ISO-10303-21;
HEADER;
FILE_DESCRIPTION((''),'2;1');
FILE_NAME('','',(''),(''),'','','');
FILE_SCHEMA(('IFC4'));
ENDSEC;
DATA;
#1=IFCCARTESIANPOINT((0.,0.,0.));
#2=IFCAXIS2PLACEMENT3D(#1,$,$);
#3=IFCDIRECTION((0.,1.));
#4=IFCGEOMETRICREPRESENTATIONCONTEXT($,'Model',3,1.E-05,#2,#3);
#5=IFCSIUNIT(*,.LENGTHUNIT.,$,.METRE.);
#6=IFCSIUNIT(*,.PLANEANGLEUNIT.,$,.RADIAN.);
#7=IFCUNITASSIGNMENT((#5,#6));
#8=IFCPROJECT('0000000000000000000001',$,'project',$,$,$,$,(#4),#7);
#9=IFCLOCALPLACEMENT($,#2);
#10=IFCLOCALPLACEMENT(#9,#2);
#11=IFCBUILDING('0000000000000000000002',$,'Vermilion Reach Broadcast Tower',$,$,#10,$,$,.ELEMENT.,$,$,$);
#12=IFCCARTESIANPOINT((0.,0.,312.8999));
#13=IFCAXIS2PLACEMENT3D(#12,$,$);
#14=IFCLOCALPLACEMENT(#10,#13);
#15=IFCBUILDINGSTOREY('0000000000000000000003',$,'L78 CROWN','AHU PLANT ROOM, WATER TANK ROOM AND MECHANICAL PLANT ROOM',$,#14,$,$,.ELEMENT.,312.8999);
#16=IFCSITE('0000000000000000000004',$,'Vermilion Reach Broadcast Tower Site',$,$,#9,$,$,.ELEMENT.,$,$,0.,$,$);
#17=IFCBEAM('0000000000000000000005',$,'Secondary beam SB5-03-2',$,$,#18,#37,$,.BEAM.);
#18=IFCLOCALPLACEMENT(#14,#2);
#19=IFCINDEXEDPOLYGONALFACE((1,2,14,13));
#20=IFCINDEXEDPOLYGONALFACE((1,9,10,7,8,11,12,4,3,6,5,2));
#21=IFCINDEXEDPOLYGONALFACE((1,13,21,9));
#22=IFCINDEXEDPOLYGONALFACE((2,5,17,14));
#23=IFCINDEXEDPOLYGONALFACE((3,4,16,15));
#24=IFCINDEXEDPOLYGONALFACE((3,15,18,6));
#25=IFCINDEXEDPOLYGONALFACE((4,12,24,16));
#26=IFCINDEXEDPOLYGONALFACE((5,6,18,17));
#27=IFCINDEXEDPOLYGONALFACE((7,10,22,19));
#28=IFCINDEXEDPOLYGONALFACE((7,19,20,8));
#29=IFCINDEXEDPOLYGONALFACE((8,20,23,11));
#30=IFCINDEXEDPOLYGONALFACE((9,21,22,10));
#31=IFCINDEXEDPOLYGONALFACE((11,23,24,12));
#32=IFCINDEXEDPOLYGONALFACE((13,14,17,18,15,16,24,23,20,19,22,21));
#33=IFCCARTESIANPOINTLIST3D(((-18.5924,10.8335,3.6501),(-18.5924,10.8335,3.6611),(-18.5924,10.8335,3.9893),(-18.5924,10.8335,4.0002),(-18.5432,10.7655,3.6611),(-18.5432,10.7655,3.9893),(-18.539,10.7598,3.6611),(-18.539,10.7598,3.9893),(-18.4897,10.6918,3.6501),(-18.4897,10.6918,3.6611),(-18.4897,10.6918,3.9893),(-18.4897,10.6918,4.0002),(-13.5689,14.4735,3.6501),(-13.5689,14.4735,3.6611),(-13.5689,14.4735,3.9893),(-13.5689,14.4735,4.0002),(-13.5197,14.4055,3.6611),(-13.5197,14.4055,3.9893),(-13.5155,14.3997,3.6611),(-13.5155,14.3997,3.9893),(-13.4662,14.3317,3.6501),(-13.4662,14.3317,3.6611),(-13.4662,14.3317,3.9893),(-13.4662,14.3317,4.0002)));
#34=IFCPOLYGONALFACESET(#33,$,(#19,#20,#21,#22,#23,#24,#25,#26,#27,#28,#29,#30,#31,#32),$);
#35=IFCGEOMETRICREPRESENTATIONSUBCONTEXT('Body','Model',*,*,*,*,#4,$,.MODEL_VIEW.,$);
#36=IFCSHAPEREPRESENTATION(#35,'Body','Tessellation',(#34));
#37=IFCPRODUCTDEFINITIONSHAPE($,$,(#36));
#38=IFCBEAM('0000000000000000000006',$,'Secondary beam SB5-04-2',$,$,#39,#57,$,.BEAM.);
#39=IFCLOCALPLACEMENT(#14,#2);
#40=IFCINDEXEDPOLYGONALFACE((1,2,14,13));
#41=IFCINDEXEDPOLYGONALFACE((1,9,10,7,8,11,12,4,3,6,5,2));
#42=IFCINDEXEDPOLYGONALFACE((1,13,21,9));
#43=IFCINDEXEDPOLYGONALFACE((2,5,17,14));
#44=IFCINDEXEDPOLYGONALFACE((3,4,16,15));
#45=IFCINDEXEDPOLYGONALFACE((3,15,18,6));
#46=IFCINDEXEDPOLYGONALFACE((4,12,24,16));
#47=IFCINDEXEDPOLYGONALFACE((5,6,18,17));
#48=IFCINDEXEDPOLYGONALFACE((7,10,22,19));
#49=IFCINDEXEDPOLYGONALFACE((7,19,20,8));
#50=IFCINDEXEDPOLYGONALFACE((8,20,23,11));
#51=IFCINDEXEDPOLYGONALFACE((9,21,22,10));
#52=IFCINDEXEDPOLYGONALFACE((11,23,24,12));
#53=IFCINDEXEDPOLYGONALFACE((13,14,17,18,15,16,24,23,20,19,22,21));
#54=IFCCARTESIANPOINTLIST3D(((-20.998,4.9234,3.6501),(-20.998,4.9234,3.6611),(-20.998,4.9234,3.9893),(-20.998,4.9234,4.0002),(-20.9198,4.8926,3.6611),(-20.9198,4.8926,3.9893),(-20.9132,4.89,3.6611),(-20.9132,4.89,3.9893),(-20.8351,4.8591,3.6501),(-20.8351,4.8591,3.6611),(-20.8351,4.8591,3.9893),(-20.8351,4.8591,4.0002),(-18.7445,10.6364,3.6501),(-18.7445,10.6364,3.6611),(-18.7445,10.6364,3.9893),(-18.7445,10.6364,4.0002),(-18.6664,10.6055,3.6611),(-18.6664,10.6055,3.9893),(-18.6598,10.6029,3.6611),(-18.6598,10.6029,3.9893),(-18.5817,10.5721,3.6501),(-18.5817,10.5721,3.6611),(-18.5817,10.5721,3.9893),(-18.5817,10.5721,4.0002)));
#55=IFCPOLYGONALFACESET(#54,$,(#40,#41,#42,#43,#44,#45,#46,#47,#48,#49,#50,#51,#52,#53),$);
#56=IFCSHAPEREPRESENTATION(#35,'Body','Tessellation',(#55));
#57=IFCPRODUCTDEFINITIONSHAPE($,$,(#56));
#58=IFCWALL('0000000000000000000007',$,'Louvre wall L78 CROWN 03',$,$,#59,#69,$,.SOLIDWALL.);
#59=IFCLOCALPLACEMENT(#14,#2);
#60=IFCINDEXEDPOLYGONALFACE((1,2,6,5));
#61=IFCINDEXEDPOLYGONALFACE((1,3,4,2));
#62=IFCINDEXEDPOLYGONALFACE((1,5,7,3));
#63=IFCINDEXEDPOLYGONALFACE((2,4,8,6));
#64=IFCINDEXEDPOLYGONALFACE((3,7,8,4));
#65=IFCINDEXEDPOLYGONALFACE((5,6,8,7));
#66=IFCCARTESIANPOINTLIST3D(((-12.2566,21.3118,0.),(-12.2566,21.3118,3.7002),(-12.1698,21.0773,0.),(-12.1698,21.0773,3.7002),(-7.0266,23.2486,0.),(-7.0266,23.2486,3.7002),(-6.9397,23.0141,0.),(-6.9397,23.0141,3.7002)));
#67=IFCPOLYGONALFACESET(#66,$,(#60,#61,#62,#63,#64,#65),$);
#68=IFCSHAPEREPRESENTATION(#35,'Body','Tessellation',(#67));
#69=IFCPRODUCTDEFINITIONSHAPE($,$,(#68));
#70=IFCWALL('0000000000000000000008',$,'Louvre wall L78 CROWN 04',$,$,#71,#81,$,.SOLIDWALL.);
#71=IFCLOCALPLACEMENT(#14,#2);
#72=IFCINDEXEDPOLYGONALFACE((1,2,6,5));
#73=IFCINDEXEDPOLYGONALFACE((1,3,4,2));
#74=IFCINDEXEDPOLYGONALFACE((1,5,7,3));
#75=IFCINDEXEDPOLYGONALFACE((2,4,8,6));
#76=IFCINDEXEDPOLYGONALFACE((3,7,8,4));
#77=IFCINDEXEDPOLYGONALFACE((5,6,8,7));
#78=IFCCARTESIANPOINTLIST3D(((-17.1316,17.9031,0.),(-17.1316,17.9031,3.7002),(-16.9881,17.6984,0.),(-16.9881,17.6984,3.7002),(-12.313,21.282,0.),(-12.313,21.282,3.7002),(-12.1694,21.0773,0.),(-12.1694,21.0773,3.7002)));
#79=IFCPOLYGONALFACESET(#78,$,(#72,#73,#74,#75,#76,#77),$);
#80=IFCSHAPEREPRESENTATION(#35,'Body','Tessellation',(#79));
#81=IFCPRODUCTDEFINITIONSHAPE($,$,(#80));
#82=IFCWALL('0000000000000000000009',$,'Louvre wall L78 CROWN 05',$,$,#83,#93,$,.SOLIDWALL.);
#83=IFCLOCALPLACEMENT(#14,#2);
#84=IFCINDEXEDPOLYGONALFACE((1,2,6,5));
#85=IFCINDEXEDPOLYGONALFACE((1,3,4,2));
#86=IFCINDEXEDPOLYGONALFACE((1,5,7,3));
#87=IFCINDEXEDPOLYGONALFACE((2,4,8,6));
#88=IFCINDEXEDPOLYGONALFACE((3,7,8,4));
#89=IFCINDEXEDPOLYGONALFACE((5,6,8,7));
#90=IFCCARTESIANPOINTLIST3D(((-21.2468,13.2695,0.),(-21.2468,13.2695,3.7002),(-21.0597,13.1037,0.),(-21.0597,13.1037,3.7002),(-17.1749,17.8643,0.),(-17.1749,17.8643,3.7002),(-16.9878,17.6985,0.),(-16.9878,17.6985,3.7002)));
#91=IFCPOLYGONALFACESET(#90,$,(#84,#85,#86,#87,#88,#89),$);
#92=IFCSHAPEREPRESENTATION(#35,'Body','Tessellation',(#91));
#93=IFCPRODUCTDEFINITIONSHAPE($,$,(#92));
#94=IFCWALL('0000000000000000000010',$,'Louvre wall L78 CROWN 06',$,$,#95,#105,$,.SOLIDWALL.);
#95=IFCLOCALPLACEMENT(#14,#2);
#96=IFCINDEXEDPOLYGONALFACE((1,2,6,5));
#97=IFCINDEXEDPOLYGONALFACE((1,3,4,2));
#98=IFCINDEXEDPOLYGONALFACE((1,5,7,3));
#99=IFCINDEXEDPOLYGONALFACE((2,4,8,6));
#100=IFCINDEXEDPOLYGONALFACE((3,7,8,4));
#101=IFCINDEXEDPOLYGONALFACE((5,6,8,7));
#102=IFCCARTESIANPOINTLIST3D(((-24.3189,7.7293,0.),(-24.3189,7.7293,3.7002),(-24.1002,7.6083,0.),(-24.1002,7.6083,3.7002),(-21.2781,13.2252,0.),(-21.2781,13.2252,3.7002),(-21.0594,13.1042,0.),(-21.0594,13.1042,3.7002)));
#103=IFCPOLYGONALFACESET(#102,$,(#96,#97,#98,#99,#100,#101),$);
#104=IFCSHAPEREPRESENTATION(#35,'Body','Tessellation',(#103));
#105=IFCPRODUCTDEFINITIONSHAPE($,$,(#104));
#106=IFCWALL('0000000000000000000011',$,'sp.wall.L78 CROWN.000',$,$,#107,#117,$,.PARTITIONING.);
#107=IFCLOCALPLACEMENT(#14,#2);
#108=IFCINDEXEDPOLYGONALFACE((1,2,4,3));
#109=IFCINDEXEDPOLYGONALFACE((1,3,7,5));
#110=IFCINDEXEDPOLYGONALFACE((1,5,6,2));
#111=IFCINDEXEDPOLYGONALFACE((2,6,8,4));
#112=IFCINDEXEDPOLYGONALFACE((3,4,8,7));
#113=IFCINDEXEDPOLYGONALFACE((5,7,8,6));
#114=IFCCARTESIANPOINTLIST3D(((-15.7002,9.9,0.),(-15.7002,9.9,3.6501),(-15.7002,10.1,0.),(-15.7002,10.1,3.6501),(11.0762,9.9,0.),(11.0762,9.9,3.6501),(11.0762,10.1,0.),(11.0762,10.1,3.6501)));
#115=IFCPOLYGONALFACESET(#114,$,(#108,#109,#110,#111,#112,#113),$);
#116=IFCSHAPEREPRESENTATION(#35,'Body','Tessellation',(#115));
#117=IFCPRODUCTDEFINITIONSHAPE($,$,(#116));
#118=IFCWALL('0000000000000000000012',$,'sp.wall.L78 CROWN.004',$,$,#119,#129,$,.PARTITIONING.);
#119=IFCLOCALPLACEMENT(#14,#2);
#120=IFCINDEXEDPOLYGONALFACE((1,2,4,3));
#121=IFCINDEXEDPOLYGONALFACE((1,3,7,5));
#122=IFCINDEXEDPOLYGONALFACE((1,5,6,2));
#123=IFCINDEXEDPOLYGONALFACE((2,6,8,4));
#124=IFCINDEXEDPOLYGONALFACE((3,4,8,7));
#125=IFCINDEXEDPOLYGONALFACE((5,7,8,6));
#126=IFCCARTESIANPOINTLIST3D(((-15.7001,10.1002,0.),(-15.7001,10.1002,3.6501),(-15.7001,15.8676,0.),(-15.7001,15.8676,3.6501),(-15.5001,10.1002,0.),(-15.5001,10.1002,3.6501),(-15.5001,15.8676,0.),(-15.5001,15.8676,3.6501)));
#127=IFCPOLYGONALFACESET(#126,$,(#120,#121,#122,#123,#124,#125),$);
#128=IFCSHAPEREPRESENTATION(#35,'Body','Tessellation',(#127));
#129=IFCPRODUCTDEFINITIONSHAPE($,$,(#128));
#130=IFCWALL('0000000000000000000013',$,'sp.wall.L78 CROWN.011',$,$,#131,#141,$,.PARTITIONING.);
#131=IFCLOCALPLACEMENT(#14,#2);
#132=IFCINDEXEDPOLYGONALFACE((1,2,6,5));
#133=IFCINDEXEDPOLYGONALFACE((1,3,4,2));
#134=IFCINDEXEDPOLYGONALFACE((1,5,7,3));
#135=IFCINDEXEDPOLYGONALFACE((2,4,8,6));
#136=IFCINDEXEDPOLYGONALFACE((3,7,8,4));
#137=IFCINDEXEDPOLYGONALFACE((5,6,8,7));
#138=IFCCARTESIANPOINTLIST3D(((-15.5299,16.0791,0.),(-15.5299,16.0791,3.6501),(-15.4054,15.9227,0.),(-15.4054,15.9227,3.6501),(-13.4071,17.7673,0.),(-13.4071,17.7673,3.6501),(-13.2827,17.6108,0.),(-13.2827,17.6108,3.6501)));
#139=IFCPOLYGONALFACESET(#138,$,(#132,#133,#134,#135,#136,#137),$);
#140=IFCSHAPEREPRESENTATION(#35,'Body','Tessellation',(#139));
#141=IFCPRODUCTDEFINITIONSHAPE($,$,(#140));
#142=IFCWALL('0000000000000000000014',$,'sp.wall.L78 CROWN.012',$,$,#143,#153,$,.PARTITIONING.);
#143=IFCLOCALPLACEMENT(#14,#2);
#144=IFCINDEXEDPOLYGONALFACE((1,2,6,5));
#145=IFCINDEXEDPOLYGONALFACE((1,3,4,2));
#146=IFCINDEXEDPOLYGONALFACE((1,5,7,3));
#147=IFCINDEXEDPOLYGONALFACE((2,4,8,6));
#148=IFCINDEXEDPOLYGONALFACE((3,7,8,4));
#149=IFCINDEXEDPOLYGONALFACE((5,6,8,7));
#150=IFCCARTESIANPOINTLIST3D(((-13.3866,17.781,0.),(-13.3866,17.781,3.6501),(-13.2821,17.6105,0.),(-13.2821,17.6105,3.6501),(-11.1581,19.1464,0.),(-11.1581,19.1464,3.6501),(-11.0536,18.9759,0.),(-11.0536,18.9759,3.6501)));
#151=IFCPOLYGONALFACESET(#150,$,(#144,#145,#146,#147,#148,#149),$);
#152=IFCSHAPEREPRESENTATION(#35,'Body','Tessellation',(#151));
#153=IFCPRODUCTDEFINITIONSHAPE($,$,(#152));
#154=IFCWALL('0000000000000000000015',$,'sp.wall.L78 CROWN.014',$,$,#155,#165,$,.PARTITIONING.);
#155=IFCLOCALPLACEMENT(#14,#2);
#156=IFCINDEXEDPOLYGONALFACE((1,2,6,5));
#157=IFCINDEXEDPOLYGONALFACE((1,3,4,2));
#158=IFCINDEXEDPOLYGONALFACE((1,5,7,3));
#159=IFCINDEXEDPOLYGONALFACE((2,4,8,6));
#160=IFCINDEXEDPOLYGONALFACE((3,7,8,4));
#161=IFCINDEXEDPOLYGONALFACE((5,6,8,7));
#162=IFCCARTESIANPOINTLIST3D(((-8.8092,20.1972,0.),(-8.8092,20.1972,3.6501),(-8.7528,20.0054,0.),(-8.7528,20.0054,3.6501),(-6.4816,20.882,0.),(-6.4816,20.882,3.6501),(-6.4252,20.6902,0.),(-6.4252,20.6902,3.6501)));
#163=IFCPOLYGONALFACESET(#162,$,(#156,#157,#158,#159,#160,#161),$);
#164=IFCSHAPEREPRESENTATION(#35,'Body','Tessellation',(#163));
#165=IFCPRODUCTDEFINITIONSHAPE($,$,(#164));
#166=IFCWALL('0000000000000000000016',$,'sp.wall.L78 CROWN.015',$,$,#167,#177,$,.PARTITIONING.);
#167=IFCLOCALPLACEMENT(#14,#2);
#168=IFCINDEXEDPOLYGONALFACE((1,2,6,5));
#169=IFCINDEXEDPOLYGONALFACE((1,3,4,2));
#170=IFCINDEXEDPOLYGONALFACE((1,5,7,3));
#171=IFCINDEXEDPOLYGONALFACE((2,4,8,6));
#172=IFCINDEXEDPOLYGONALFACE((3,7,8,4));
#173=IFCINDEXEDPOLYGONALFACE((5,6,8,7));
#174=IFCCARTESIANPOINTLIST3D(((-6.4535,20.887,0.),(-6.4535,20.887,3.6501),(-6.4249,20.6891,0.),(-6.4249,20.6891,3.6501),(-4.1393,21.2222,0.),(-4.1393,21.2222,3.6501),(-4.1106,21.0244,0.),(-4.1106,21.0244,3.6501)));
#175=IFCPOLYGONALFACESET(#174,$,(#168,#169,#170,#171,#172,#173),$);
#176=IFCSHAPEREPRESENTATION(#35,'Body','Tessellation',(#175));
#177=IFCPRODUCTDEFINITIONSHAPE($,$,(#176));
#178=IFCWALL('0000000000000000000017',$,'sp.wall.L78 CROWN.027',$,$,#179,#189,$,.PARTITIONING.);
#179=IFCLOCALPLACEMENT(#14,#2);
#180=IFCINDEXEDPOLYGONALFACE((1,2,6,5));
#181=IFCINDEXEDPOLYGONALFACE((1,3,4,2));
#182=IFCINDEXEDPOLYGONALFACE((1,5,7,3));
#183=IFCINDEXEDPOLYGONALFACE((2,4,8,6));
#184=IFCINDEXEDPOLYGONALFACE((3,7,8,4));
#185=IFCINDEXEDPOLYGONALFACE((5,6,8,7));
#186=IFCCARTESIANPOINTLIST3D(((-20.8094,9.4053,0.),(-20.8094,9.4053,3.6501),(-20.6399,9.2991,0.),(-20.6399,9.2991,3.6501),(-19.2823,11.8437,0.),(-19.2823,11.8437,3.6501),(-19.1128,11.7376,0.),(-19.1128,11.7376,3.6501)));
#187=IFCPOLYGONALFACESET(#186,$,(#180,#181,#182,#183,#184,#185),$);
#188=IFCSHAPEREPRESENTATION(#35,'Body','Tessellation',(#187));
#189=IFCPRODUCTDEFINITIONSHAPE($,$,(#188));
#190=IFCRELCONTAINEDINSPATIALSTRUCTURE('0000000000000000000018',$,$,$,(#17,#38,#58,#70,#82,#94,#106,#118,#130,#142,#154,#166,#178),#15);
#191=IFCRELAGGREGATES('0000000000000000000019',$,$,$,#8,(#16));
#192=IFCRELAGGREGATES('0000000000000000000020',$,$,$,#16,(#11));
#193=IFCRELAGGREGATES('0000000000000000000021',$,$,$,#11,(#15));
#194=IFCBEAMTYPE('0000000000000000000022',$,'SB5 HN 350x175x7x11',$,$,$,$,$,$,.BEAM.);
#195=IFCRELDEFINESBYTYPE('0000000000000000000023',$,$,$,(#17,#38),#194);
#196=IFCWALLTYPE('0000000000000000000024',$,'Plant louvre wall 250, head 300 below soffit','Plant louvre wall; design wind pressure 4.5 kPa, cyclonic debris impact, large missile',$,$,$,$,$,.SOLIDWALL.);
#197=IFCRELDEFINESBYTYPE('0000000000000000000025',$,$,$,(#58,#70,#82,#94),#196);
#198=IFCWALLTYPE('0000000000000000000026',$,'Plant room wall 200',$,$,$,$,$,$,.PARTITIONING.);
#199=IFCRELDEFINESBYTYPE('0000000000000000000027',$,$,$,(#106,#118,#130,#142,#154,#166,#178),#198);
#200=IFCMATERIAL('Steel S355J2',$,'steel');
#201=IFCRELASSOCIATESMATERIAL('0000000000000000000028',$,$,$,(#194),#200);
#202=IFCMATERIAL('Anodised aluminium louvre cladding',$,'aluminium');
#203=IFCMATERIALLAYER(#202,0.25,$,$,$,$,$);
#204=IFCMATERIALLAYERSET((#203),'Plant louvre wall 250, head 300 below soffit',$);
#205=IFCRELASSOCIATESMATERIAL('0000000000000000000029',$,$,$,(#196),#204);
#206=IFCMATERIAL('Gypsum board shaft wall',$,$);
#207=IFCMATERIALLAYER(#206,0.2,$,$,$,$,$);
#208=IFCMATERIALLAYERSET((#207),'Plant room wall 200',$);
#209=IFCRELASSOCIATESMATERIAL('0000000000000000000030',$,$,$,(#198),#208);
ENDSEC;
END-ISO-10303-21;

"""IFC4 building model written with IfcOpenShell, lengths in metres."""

from ifc_helpers import new_model, si_unit, direction, frame, frame_2d, origin, origin_2d, place, context, subcontext, project, spatial, rectangle, i_section, extrude, material, layer, layer_set, material_profile, profile_set, type_object, element, save


model = new_model("IFC4")

# Units and contexts
model_context = context("Model", 3, precision=1e-05, world=origin(), true_north=direction((0.0, 1.0)))
body_context = subcontext(model_context, "Body", "Model", "MODEL_VIEW")
ifc_project = project(units=[si_unit("LENGTHUNIT", "METRE"), si_unit("PLANEANGLEUNIT", "RADIAN")], contexts=[model_context])

# Site, building, storey
site_placement = place(None, origin())
site = spatial("IfcSite", under=ifc_project, at=site_placement, Name="Vermilion Reach Broadcast Tower Site", CompositionType="ELEMENT", RefElevation=0.0)
building_placement = place(site_placement, origin())
building = spatial("IfcBuilding", under=site, at=building_placement, Name="Vermilion Reach Broadcast Tower", CompositionType="ELEMENT")
storey_placement = place(building_placement, frame((0.0, 0.0, 312.8999)))
storey = spatial("IfcBuildingStorey", under=building, at=storey_placement, Name="L78 CROWN", Description="AHU PLANT ROOM, WATER TANK ROOM AND MECHANICAL PLANT ROOM", CompositionType="ELEMENT", Elevation=312.8999)

# Beams
ifc_material_1 = material(Name="Steel S355J2", Category="steel")
ifc_material_profile_1 = material_profile(ifc_material_1, i_section(OverallWidth=0.175, OverallDepth=0.3501, WebThickness=0.0071, FlangeThickness=0.011, at=origin_2d()), Name="S355J2 HN 350x175x7x11")
ifc_profile_set_1 = profile_set([ifc_material_profile_1], Name="Steel S355J2")
beam_type_1 = type_object("IfcBeamType", Name="SB5 HN 350x175x7x11", PredefinedType="BEAM", material=ifc_profile_set_1)
beam_1_placement = place(storey_placement, frame((-13.5176, 14.4026, 3.8252), z_axis=(-0.809771, -0.586746, 0.0), x_axis=(0.586746, -0.809771, 0.0)))
element("IfcBeam", 1, at=beam_1_placement, inside=storey, type_object=beam_type_1, Name="Secondary beam SB5-03-2", PredefinedType="BEAM", context=body_context, shape_type="SweptSolid", body=[
    extrude(i_section(OverallWidth=0.175, OverallDepth=0.3501, WebThickness=0.0071, FlangeThickness=0.011, at=origin_2d()), origin(), (0.0, 0.0, 1.0), 6.2036),
])
beam_2_placement = place(storey_placement, frame((-18.6631, 10.6042, 3.8252), z_axis=(-0.366931, -0.930248, 0.0), x_axis=(0.930248, -0.366931, 0.0)))
element("IfcBeam", 2, at=beam_2_placement, inside=storey, type_object=beam_type_1, Name="Secondary beam SB5-04-2", PredefinedType="BEAM", context=body_context, shape_type="SweptSolid", body=[
    extrude(i_section(OverallWidth=0.175, OverallDepth=0.3501, WebThickness=0.0071, FlangeThickness=0.011, at=origin_2d()), origin(), (0.0, 0.0, 1.0), 6.1414),
])

# Walls
ifc_material_2 = material(Name="Anodised aluminium louvre cladding", Category="aluminium")
ifc_layer_1 = layer(ifc_material_2, 0.25)
ifc_layer_set_1 = layer_set([ifc_layer_1], Name="Plant louvre wall 250, head 300 below soffit")
wall_type_1 = type_object("IfcWallType", Name="Plant louvre wall 250, head 300 below soffit", Description="Plant louvre wall; design wind pressure 4.5 kPa, cyclonic debris impact, large missile", PredefinedType="SOLIDWALL", material=ifc_layer_set_1)
wall_1_placement = place(storey_placement, frame((-6.9832, 23.1313, 0.0), z_axis=(0.0, 0.0, 1.0), x_axis=(-0.937764, -0.347273, 0.0)))
element("IfcWall", 3, at=wall_1_placement, inside=storey, type_object=wall_type_1, Name="Louvre wall L78 CROWN 03", PredefinedType="SOLIDWALL", context=body_context, shape_type="SweptSolid", body=[
    extrude(rectangle(XDim=5.5771, YDim=0.25, at=frame_2d((2.7886, 0.0))), origin(), (0.0, 0.0, 1.0), 3.7002),
])
wall_2_placement = place(storey_placement, frame((-12.2412, 21.1797, 0.0), z_axis=(0.0, 0.0, 1.0), x_axis=(-0.818762, -0.574133, 0.0)))
element("IfcWall", 4, at=wall_2_placement, inside=storey, type_object=wall_type_1, Name="Louvre wall L78 CROWN 04", PredefinedType="SOLIDWALL", context=body_context, shape_type="SweptSolid", body=[
    extrude(rectangle(XDim=5.8853, YDim=0.25, at=frame_2d((2.9426, 0.0))), origin(), (0.0, 0.0, 1.0), 3.7002),
])
wall_3_placement = place(storey_placement, frame((-17.0813, 17.7815, 0.0), z_axis=(0.0, 0.0, 1.0), x_axis=(-0.663233, -0.748413, 0.0)))
element("IfcWall", 5, at=wall_3_placement, inside=storey, type_object=wall_type_1, Name="Louvre wall L78 CROWN 05", PredefinedType="SOLIDWALL", context=body_context, shape_type="SweptSolid", body=[
    extrude(rectangle(XDim=6.1394, YDim=0.25, at=frame_2d((3.0698, 0.0))), origin(), (0.0, 0.0, 1.0), 3.7002),
])
wall_4_placement = place(storey_placement, frame((-21.1687, 13.1648, 0.0), z_axis=(0.0, 0.0, 1.0), x_axis=(-0.484124, -0.874999, 0.0)))
element("IfcWall", 6, at=wall_4_placement, inside=storey, type_object=wall_type_1, Name="Louvre wall L78 CROWN 06", PredefinedType="SOLIDWALL", context=body_context, shape_type="SweptSolid", body=[
    extrude(rectangle(XDim=6.281, YDim=0.25, at=frame_2d((3.1406, 0.0))), origin(), (0.0, 0.0, 1.0), 3.7002),
])
ifc_material_3 = material(Name="Gypsum board shaft wall")
ifc_layer_2 = layer(ifc_material_3, 0.2)
ifc_layer_set_2 = layer_set([ifc_layer_2], Name="Plant room wall 200")
wall_type_2 = type_object("IfcWallType", Name="Plant room wall 200", PredefinedType="PARTITIONING", material=ifc_layer_set_2)
wall_5_placement = place(storey_placement, frame((-15.7002, 10.0, 0.0), z_axis=(0.0, 0.0, 1.0), x_axis=(1.0, 0.0, 0.0)))
element("IfcWall", 7, at=wall_5_placement, inside=storey, type_object=wall_type_2, Name="sp.wall.L78 CROWN.000", PredefinedType="PARTITIONING", context=body_context, shape_type="SweptSolid", body=[
    extrude(rectangle(XDim=26.7764, YDim=0.2, at=frame_2d((13.3882, 0.0))), origin(), (0.0, 0.0, 1.0), 3.6501),
])
wall_6_placement = place(storey_placement, frame((-15.6001, 10.1001, 0.0), z_axis=(0.0, 0.0, 1.0), x_axis=(0.0, 1.0, 0.0)))
element("IfcWall", 8, at=wall_6_placement, inside=storey, type_object=wall_type_2, Name="sp.wall.L78 CROWN.004", PredefinedType="PARTITIONING", context=body_context, shape_type="SweptSolid", body=[
    extrude(rectangle(XDim=5.7673, YDim=0.2, at=frame_2d((2.8838, 0.0))), origin(), (0.0, 0.0, 1.0), 3.6501),
])
wall_7_placement = place(storey_placement, frame((-15.4675, 16.001, 0.0), z_axis=(0.0, 0.0, 1.0), x_axis=(0.782666, 0.622442, 0.0)))
element("IfcWall", 9, at=wall_7_placement, inside=storey, type_object=wall_type_2, Name="sp.wall.L78 CROWN.011", PredefinedType="PARTITIONING", context=body_context, shape_type="SweptSolid", body=[
    extrude(rectangle(XDim=2.7122, YDim=0.2, at=frame_2d((1.356, 0.0))), origin(), (0.0, 0.0, 1.0), 3.6501),
])
wall_8_placement = place(storey_placement, frame((-13.3342, 17.6958, 0.0), z_axis=(0.0, 0.0, 1.0), x_axis=(0.852667, 0.522455, 0.0)))
element("IfcWall", 10, at=wall_8_placement, inside=storey, type_object=wall_type_2, Name="sp.wall.L78 CROWN.012", PredefinedType="PARTITIONING", context=body_context, shape_type="SweptSolid", body=[
    extrude(rectangle(XDim=2.6135, YDim=0.2, at=frame_2d((1.3066, 0.0))), origin(), (0.0, 0.0, 1.0), 3.6501),
])

# Walls
wall_9_placement = place(storey_placement, frame((-8.781, 20.1013, 0.0), z_axis=(0.0, 0.0, 1.0), x_axis=(0.959341, 0.282248, 0.0)))
element("IfcWall", 11, at=wall_9_placement, inside=storey, type_object=wall_type_2, Name="sp.wall.L78 CROWN.014", PredefinedType="PARTITIONING", context=body_context, shape_type="SweptSolid", body=[
    extrude(rectangle(XDim=2.4263, YDim=0.2, at=frame_2d((1.2131, 0.0))), origin(), (0.0, 0.0, 1.0), 3.6501),
])
wall_10_placement = place(storey_placement, frame((-6.4392, 20.7881, 0.0), z_axis=(0.0, 0.0, 1.0), x_axis=(0.989672, 0.143351, 0.0)))
element("IfcWall", 12, at=wall_10_placement, inside=storey, type_object=wall_type_2, Name="sp.wall.L78 CROWN.015", PredefinedType="PARTITIONING", context=body_context, shape_type="SweptSolid", body=[
    extrude(rectangle(XDim=2.3384, YDim=0.2, at=frame_2d((1.1692, 0.0))), origin(), (0.0, 0.0, 1.0), 3.6501),
])
wall_11_placement = place(storey_placement, frame((-20.7246, 9.3523, 0.0), z_axis=(0.0, 0.0, 1.0), x_axis=(0.530761, 0.847521, 0.0)))
element("IfcWall", 13, at=wall_11_placement, inside=storey, type_object=wall_type_2, Name="sp.wall.L78 CROWN.027", PredefinedType="PARTITIONING", context=body_context, shape_type="SweptSolid", body=[
    extrude(rectangle(XDim=2.8772, YDim=0.2, at=frame_2d((1.4385, 0.0))), origin(), (0.0, 0.0, 1.0), 3.6501),
])

save(model, "model.ifc")
